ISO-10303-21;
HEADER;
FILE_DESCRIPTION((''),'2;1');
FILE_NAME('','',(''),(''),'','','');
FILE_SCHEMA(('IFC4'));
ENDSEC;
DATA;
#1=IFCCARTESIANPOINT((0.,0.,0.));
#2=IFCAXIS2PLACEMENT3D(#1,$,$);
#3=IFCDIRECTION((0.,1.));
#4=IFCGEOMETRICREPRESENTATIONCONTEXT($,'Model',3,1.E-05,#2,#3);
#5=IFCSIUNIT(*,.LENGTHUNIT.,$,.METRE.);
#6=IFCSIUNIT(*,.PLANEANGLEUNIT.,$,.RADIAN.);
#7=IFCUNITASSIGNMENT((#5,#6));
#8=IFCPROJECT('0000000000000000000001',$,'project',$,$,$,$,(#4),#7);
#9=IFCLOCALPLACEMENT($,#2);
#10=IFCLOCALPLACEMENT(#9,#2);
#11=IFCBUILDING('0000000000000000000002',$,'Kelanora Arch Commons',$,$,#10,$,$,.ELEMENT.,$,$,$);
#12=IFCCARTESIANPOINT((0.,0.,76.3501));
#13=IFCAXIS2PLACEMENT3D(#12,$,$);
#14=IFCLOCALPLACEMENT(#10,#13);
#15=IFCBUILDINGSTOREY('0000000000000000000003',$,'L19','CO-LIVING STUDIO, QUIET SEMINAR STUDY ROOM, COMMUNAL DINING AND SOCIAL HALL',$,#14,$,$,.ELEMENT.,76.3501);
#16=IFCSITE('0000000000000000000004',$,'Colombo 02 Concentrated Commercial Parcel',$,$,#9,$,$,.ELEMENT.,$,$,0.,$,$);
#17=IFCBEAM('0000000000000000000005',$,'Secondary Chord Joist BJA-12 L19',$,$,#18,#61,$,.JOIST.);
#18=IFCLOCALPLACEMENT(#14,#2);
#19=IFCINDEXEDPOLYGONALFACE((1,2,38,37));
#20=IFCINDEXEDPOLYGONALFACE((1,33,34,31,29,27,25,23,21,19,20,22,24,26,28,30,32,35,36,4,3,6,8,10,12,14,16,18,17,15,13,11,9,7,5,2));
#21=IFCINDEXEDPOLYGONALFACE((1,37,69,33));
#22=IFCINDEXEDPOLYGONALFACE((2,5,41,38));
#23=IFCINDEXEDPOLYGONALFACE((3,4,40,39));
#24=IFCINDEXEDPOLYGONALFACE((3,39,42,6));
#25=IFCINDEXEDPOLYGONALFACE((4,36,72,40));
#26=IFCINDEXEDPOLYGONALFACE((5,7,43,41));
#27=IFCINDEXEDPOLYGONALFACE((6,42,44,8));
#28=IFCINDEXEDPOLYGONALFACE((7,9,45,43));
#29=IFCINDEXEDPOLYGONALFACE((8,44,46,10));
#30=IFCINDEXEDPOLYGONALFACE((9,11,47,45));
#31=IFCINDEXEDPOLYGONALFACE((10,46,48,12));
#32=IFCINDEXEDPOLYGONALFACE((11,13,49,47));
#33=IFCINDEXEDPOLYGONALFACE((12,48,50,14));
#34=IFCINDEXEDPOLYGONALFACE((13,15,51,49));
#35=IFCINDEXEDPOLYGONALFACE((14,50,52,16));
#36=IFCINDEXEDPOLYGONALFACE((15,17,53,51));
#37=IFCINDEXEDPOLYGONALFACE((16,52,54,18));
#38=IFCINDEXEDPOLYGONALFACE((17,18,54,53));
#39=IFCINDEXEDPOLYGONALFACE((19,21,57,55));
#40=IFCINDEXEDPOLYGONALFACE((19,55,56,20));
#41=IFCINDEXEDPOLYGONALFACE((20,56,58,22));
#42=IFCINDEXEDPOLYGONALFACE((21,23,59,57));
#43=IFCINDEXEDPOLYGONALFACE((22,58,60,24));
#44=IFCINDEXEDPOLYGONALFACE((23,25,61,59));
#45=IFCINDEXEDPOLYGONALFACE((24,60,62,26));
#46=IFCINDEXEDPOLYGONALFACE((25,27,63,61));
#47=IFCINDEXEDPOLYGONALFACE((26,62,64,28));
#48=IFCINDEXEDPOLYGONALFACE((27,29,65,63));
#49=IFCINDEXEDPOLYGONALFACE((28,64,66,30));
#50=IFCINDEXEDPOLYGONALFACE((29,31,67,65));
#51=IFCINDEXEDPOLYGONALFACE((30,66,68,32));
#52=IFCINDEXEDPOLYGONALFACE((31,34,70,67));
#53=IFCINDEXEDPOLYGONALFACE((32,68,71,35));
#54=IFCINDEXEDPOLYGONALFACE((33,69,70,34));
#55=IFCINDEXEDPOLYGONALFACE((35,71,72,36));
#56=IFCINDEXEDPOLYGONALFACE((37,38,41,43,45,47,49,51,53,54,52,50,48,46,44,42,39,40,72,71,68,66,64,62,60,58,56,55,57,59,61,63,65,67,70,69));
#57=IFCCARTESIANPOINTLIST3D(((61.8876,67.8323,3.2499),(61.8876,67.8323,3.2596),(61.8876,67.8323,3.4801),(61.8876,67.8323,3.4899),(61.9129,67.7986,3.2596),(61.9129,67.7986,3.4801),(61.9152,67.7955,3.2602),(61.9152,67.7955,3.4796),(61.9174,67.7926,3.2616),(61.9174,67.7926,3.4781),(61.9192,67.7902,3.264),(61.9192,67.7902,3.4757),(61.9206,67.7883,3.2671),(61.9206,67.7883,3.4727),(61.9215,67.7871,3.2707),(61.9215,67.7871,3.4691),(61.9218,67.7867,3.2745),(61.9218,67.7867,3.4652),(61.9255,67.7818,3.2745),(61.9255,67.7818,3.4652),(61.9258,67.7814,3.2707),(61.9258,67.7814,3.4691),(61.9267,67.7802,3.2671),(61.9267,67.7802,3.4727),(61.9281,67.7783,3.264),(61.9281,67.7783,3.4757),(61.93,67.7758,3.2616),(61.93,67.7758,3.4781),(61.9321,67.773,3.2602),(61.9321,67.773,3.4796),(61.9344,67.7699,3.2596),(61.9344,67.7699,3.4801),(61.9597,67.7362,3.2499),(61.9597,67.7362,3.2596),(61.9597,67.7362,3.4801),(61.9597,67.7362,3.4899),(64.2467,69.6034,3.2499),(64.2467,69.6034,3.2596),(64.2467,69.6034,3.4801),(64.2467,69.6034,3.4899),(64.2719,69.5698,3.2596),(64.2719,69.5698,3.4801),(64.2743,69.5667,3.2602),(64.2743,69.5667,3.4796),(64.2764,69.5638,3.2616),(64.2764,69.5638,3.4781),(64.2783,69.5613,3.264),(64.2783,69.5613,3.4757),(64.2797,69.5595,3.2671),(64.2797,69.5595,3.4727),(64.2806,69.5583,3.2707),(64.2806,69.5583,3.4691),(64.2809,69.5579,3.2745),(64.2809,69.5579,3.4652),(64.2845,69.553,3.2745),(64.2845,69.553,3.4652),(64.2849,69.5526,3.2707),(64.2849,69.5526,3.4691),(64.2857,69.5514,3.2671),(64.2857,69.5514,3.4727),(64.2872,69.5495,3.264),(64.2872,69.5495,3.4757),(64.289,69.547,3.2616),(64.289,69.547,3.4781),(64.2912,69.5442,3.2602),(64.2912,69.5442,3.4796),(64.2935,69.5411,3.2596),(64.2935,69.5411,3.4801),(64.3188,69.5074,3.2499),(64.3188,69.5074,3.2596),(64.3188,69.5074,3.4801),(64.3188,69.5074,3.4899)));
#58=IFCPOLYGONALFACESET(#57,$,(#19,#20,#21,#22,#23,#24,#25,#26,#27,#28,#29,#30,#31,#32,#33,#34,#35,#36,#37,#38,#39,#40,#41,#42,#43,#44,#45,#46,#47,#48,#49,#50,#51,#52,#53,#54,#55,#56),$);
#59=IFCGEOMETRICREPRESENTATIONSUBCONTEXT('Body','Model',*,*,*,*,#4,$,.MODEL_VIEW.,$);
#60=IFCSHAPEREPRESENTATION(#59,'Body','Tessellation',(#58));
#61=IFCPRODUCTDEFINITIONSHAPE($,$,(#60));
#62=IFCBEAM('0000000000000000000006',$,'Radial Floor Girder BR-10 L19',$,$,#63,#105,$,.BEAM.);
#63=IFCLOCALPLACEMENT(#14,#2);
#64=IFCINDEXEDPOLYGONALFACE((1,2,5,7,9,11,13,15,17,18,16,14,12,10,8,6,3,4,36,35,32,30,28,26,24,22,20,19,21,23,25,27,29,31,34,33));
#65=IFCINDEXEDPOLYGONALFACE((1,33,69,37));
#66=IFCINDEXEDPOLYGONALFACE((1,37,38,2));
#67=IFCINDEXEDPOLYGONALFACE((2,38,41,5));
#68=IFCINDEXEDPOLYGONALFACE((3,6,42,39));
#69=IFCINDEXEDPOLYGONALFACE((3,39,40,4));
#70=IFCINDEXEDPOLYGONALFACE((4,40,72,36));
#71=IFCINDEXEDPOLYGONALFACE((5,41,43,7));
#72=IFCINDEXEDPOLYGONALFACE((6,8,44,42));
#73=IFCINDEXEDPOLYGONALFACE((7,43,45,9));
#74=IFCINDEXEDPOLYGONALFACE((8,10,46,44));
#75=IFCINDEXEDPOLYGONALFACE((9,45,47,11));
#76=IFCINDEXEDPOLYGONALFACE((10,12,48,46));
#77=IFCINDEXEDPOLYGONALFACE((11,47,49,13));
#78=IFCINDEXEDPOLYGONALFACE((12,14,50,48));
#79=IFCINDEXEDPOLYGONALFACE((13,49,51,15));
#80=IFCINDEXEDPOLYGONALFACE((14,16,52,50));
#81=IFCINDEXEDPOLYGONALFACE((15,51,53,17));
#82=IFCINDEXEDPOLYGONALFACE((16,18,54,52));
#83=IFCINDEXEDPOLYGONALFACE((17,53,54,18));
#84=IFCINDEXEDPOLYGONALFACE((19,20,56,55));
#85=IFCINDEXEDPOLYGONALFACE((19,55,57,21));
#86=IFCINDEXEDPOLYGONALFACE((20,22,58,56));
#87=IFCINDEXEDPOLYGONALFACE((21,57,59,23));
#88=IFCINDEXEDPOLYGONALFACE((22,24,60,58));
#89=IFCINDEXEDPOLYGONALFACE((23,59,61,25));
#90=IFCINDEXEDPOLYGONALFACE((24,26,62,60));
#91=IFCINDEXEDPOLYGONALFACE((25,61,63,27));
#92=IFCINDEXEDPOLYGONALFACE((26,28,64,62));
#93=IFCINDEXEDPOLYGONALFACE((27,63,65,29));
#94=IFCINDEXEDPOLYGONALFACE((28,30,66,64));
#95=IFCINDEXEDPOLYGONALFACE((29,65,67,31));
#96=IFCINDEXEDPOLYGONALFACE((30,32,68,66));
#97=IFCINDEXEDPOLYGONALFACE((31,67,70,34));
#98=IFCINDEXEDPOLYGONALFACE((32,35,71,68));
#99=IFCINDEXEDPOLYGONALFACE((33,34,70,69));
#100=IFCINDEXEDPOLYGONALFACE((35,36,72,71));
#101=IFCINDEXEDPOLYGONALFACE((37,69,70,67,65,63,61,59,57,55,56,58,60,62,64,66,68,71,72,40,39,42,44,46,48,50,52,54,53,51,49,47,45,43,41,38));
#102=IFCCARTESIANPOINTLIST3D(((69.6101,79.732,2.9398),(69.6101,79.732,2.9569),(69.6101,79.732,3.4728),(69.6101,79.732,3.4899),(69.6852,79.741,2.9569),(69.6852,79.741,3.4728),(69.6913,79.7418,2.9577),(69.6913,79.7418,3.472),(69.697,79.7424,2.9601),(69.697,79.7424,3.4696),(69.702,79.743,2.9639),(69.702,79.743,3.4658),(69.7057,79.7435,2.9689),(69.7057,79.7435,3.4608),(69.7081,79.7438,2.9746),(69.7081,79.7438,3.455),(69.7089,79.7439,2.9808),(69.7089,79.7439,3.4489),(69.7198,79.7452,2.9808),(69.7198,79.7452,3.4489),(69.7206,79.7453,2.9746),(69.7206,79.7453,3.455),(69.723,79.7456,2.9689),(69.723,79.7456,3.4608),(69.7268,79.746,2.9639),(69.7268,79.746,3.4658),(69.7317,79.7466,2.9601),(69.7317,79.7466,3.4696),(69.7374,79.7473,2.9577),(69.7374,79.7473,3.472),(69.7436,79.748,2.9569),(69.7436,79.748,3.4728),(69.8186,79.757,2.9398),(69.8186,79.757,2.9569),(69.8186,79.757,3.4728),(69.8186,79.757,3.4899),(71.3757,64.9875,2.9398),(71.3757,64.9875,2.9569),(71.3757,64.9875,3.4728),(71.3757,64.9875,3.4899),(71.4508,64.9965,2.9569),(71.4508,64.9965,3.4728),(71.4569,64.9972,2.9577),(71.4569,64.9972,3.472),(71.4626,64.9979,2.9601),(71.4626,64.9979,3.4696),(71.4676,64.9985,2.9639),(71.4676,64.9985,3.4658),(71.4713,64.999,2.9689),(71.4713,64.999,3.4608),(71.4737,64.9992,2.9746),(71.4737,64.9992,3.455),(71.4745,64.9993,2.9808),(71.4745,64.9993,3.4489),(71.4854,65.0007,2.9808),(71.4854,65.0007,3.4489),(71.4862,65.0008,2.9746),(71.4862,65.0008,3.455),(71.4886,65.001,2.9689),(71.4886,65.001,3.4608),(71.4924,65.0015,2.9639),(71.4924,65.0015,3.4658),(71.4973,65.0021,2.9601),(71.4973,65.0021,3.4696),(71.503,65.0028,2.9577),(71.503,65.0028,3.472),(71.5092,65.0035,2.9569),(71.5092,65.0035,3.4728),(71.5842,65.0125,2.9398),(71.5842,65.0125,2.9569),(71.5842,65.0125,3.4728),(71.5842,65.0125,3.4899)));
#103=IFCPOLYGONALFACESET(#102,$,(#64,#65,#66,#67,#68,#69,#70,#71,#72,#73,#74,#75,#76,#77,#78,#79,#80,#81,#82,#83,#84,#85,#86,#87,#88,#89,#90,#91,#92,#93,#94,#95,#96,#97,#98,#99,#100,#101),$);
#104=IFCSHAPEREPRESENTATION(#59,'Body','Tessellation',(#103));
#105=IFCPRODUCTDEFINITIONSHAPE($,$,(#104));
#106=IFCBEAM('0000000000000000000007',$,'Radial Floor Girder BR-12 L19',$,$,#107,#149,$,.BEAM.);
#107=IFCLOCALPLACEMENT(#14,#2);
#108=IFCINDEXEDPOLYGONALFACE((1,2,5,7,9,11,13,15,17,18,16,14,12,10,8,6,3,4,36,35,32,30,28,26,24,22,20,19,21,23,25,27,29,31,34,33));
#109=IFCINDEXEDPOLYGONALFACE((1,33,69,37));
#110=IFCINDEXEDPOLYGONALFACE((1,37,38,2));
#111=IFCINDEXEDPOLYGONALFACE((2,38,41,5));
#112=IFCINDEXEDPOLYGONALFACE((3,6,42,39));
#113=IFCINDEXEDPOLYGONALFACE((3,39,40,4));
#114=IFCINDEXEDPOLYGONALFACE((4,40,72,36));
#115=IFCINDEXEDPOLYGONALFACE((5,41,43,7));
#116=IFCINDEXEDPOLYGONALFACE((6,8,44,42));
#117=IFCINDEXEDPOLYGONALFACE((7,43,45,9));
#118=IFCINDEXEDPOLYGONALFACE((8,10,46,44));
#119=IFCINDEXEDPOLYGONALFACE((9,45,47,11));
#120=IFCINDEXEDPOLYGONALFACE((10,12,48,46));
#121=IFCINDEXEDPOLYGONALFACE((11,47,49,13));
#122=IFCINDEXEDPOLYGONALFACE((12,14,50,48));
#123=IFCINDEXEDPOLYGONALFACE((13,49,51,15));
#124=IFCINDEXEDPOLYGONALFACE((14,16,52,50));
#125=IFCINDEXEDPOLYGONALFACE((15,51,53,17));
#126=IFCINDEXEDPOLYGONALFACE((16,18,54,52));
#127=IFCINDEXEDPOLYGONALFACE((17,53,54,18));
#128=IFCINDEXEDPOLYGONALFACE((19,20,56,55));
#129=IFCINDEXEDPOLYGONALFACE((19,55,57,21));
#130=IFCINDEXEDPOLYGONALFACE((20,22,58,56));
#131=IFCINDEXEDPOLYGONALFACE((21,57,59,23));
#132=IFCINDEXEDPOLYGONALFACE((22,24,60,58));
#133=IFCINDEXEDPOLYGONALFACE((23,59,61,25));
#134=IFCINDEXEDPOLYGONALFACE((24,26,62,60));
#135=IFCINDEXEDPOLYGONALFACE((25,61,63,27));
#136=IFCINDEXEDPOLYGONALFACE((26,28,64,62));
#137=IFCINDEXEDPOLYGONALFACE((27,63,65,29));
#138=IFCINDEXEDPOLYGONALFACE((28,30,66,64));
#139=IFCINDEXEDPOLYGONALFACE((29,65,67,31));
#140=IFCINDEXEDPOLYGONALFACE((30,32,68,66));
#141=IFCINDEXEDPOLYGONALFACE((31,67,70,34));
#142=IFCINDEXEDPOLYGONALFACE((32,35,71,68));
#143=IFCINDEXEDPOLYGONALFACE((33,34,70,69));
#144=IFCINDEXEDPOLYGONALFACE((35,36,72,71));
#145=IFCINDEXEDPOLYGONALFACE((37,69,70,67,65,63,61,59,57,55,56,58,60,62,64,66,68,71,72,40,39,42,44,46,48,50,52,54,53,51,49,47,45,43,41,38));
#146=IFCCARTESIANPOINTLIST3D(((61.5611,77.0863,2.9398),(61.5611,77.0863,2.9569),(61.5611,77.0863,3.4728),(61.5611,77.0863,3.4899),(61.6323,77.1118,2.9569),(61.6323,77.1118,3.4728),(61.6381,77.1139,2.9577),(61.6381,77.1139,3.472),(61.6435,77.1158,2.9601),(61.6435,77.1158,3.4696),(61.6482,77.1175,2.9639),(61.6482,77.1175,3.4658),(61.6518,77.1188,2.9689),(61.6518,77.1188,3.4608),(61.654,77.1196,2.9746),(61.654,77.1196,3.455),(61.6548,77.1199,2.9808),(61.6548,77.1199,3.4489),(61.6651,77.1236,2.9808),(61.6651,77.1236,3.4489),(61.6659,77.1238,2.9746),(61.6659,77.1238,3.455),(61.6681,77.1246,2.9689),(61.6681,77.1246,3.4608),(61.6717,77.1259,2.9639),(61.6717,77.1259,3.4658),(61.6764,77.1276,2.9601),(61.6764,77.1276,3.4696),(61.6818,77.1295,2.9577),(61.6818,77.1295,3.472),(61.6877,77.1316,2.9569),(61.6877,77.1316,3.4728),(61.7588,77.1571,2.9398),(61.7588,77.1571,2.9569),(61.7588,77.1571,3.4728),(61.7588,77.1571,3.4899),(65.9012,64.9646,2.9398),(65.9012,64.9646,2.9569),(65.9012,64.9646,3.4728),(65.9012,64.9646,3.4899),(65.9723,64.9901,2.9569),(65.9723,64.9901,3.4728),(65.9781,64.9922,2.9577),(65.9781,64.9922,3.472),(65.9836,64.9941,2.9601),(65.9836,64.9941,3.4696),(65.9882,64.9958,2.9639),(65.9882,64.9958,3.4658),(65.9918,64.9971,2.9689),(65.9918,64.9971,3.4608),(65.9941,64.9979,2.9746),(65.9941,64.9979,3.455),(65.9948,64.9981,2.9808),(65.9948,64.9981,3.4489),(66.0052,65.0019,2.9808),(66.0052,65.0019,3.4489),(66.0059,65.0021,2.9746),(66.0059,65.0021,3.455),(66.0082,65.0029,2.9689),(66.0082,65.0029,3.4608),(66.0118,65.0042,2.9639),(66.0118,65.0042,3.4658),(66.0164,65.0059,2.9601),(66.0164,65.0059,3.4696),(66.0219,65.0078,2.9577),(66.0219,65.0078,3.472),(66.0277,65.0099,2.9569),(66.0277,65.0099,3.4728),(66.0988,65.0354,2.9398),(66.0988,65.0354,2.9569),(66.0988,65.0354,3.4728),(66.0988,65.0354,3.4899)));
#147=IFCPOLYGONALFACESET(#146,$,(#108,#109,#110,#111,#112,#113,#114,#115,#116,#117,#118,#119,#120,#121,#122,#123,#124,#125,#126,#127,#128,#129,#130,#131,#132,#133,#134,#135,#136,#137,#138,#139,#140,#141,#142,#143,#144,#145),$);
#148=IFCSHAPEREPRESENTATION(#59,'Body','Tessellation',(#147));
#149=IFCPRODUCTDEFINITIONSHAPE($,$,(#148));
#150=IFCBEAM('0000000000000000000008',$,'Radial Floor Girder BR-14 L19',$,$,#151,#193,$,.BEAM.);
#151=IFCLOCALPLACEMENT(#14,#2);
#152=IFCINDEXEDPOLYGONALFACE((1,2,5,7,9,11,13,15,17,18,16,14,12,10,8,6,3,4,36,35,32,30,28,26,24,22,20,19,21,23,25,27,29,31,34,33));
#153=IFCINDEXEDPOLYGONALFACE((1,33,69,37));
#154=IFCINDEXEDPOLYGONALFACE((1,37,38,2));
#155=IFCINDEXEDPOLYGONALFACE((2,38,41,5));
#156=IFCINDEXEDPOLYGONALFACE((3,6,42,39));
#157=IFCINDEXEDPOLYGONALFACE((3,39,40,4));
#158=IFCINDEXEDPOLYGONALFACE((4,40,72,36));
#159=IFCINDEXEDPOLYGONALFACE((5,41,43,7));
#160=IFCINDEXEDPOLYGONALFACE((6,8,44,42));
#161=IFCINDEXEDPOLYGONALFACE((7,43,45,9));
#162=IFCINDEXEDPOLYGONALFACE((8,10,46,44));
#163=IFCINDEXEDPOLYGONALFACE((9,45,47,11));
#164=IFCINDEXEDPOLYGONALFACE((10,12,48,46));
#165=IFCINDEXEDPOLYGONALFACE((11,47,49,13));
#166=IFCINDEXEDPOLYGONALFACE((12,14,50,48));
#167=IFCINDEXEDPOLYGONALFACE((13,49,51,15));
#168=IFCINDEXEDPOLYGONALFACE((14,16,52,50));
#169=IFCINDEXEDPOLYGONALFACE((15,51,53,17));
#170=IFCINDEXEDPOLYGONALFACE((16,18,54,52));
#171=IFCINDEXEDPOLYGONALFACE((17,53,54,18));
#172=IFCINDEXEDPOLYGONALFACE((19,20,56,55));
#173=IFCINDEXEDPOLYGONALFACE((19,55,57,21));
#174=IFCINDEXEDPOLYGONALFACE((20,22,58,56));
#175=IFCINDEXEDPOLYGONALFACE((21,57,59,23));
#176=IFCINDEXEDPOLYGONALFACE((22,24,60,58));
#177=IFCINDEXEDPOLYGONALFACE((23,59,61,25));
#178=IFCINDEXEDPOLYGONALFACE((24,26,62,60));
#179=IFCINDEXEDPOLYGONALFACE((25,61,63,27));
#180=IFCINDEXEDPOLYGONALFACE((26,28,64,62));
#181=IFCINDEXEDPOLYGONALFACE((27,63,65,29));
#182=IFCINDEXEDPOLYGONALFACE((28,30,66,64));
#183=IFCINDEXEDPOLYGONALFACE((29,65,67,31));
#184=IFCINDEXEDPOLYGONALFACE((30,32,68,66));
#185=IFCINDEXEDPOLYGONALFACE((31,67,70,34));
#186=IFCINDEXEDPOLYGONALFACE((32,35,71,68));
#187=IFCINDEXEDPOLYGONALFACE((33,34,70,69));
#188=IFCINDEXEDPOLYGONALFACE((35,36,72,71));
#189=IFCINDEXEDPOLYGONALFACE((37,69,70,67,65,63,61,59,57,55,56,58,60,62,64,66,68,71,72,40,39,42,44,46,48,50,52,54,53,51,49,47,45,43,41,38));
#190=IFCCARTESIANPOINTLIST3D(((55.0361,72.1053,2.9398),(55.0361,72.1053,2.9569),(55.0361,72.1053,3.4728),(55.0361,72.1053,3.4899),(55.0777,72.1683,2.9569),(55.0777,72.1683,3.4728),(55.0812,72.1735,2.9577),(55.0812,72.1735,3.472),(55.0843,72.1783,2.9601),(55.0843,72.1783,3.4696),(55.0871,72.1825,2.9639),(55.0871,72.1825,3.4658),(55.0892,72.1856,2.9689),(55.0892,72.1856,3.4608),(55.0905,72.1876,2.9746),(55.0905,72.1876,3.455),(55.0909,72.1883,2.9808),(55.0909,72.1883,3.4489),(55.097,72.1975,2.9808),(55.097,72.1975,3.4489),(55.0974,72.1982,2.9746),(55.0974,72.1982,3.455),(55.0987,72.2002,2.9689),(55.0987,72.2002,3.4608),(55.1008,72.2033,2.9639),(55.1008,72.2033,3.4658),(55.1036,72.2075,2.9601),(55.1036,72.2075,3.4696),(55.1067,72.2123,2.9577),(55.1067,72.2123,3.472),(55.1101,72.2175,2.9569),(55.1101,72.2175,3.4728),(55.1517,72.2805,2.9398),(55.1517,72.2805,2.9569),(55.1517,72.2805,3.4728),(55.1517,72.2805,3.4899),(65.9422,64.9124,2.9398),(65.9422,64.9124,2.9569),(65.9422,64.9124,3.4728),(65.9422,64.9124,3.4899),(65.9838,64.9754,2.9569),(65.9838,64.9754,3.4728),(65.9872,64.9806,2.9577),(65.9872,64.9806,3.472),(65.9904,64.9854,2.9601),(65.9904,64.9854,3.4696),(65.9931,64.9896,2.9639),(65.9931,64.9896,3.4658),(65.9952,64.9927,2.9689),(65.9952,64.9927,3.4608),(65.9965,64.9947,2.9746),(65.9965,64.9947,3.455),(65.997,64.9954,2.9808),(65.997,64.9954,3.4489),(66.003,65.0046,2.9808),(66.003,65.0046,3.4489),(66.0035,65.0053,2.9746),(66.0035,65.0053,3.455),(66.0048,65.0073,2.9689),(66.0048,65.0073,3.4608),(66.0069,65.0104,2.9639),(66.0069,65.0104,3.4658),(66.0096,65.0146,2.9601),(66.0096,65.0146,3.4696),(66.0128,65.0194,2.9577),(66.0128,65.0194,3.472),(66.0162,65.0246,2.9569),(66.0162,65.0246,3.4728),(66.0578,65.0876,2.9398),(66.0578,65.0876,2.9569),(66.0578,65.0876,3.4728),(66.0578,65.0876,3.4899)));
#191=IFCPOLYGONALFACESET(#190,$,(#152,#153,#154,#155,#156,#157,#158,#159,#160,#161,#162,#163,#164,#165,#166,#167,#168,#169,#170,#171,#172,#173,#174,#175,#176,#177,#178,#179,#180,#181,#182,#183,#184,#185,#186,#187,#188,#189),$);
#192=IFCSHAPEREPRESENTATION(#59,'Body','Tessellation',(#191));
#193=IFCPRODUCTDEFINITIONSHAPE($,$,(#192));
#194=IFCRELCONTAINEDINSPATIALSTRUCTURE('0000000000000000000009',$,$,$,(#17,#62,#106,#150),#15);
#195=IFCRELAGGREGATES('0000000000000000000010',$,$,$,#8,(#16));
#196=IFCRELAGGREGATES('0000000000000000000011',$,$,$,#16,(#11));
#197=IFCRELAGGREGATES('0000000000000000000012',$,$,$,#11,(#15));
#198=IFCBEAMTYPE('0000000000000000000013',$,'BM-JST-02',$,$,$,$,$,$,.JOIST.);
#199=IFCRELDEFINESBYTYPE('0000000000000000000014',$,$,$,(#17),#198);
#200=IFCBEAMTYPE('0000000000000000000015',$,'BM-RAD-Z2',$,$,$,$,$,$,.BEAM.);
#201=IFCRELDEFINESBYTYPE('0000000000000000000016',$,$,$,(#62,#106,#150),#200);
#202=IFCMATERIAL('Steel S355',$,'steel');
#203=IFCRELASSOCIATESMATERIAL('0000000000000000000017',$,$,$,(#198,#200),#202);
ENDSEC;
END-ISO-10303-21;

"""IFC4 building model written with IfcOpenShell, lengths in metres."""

from ifc_helpers import new_model, si_unit, direction, frame, origin, origin_2d, place, context, subcontext, project, spatial, i_section, extrude, material, material_profile, profile_set, type_object, element, save


model = new_model("IFC4")

# Units and contexts
model_context = context("Model", 3, precision=1e-05, world=origin(), true_north=direction((0.0, 1.0)))
body_context = subcontext(model_context, "Body", "Model", "MODEL_VIEW")
ifc_project = project(units=[si_unit("LENGTHUNIT", "METRE"), si_unit("PLANEANGLEUNIT", "RADIAN")], contexts=[model_context])

# Site, building, storey
site_placement = place(None, origin())
site = spatial("IfcSite", under=ifc_project, at=site_placement, Name="Colombo 02 Concentrated Commercial Parcel", CompositionType="ELEMENT", RefElevation=0.0)
building_placement = place(site_placement, origin())
building = spatial("IfcBuilding", under=site, at=building_placement, Name="Kelanora Arch Commons", CompositionType="ELEMENT")
storey_placement = place(building_placement, frame((0.0, 0.0, 76.3501)))
storey = spatial("IfcBuildingStorey", under=building, at=storey_placement, Name="L19", Description="CO-LIVING STUDIO, QUIET SEMINAR STUDY ROOM, COMMUNAL DINING AND SOCIAL HALL", CompositionType="ELEMENT", Elevation=76.3501)

# Beams
ifc_material_1 = material(Name="Steel S355", Category="steel")
ifc_material_profile_1 = material_profile(ifc_material_1, i_section(OverallWidth=0.1201, OverallDepth=0.24, WebThickness=0.0061, FlangeThickness=0.0098, FilletRadius=0.0149, at=origin_2d()), Name="IPE240")
ifc_profile_set_1 = profile_set([ifc_material_profile_1], Name="Steel S355")
beam_type_1 = type_object("IfcBeamType", Name="BM-JST-02", PredefinedType="JOIST", material=ifc_profile_set_1)
beam_1_placement = place(storey_placement, frame((64.2827, 69.5554, 3.3699), z_axis=(-0.799692, -0.60041, 0.0), x_axis=(0.60041, -0.799692, 0.0)))
element("IfcBeam", 1, at=beam_1_placement, inside=storey, type_object=beam_type_1, Name="Secondary Chord Joist BJA-12 L19", PredefinedType="JOIST", context=body_context, shape_type="SweptSolid", body=[
    extrude(i_section(OverallWidth=0.1201, OverallDepth=0.24, WebThickness=0.0061, FlangeThickness=0.0098, FilletRadius=0.0149, at=origin_2d()), origin(), (0.0, 0.0, 1.0), 2.95),
])
ifc_material_profile_2 = material_profile(ifc_material_1, i_section(OverallWidth=0.21, OverallDepth=0.55, WebThickness=0.011, FlangeThickness=0.0171, FilletRadius=0.0239, at=origin_2d()), Name="IPE550")
ifc_profile_set_2 = profile_set([ifc_material_profile_2], Name="Steel S355")
beam_type_2 = type_object("IfcBeamType", Name="BM-RAD-Z2", PredefinedType="BEAM", material=ifc_profile_set_2)
beam_2_placement = place(storey_placement, frame((71.48, 65.0, 3.2148), z_axis=(-0.118898, 0.992907, 0.0), x_axis=(-0.992907, -0.118898, 0.0)))
element("IfcBeam", 2, at=beam_2_placement, inside=storey, type_object=beam_type_2, Name="Radial Floor Girder BR-10 L19", PredefinedType="BEAM", context=body_context, shape_type="SweptSolid", body=[
    extrude(i_section(OverallWidth=0.21, OverallDepth=0.55, WebThickness=0.011, FlangeThickness=0.0171, FilletRadius=0.0239, at=origin_2d()), origin(), (0.0, 0.0, 1.0), 14.8499),
])
beam_3_placement = place(storey_placement, frame((66.0, 65.0, 3.2148), z_axis=(-0.337085, 0.941474, 0.0), x_axis=(-0.941474, -0.337085, 0.0)))
element("IfcBeam", 3, at=beam_3_placement, inside=storey, type_object=beam_type_2, Name="Radial Floor Girder BR-12 L19", PredefinedType="BEAM", context=body_context, shape_type="SweptSolid", body=[
    extrude(i_section(OverallWidth=0.21, OverallDepth=0.55, WebThickness=0.011, FlangeThickness=0.0171, FilletRadius=0.0239, at=origin_2d()), origin(), (0.0, 0.0, 1.0), 12.8752),
])
beam_4_placement = place(storey_placement, frame((66.0, 65.0, 3.2148), z_axis=(-0.834789, 0.550571, 0.0), x_axis=(-0.550571, -0.834789, 0.0)))
element("IfcBeam", 4, at=beam_4_placement, inside=storey, type_object=beam_type_2, Name="Radial Floor Girder BR-14 L19", PredefinedType="BEAM", context=body_context, shape_type="SweptSolid", body=[
    extrude(i_section(OverallWidth=0.21, OverallDepth=0.55, WebThickness=0.011, FlangeThickness=0.0171, FilletRadius=0.0239, at=origin_2d()), origin(), (0.0, 0.0, 1.0), 13.0645),
])

save(model, "model.ifc")
